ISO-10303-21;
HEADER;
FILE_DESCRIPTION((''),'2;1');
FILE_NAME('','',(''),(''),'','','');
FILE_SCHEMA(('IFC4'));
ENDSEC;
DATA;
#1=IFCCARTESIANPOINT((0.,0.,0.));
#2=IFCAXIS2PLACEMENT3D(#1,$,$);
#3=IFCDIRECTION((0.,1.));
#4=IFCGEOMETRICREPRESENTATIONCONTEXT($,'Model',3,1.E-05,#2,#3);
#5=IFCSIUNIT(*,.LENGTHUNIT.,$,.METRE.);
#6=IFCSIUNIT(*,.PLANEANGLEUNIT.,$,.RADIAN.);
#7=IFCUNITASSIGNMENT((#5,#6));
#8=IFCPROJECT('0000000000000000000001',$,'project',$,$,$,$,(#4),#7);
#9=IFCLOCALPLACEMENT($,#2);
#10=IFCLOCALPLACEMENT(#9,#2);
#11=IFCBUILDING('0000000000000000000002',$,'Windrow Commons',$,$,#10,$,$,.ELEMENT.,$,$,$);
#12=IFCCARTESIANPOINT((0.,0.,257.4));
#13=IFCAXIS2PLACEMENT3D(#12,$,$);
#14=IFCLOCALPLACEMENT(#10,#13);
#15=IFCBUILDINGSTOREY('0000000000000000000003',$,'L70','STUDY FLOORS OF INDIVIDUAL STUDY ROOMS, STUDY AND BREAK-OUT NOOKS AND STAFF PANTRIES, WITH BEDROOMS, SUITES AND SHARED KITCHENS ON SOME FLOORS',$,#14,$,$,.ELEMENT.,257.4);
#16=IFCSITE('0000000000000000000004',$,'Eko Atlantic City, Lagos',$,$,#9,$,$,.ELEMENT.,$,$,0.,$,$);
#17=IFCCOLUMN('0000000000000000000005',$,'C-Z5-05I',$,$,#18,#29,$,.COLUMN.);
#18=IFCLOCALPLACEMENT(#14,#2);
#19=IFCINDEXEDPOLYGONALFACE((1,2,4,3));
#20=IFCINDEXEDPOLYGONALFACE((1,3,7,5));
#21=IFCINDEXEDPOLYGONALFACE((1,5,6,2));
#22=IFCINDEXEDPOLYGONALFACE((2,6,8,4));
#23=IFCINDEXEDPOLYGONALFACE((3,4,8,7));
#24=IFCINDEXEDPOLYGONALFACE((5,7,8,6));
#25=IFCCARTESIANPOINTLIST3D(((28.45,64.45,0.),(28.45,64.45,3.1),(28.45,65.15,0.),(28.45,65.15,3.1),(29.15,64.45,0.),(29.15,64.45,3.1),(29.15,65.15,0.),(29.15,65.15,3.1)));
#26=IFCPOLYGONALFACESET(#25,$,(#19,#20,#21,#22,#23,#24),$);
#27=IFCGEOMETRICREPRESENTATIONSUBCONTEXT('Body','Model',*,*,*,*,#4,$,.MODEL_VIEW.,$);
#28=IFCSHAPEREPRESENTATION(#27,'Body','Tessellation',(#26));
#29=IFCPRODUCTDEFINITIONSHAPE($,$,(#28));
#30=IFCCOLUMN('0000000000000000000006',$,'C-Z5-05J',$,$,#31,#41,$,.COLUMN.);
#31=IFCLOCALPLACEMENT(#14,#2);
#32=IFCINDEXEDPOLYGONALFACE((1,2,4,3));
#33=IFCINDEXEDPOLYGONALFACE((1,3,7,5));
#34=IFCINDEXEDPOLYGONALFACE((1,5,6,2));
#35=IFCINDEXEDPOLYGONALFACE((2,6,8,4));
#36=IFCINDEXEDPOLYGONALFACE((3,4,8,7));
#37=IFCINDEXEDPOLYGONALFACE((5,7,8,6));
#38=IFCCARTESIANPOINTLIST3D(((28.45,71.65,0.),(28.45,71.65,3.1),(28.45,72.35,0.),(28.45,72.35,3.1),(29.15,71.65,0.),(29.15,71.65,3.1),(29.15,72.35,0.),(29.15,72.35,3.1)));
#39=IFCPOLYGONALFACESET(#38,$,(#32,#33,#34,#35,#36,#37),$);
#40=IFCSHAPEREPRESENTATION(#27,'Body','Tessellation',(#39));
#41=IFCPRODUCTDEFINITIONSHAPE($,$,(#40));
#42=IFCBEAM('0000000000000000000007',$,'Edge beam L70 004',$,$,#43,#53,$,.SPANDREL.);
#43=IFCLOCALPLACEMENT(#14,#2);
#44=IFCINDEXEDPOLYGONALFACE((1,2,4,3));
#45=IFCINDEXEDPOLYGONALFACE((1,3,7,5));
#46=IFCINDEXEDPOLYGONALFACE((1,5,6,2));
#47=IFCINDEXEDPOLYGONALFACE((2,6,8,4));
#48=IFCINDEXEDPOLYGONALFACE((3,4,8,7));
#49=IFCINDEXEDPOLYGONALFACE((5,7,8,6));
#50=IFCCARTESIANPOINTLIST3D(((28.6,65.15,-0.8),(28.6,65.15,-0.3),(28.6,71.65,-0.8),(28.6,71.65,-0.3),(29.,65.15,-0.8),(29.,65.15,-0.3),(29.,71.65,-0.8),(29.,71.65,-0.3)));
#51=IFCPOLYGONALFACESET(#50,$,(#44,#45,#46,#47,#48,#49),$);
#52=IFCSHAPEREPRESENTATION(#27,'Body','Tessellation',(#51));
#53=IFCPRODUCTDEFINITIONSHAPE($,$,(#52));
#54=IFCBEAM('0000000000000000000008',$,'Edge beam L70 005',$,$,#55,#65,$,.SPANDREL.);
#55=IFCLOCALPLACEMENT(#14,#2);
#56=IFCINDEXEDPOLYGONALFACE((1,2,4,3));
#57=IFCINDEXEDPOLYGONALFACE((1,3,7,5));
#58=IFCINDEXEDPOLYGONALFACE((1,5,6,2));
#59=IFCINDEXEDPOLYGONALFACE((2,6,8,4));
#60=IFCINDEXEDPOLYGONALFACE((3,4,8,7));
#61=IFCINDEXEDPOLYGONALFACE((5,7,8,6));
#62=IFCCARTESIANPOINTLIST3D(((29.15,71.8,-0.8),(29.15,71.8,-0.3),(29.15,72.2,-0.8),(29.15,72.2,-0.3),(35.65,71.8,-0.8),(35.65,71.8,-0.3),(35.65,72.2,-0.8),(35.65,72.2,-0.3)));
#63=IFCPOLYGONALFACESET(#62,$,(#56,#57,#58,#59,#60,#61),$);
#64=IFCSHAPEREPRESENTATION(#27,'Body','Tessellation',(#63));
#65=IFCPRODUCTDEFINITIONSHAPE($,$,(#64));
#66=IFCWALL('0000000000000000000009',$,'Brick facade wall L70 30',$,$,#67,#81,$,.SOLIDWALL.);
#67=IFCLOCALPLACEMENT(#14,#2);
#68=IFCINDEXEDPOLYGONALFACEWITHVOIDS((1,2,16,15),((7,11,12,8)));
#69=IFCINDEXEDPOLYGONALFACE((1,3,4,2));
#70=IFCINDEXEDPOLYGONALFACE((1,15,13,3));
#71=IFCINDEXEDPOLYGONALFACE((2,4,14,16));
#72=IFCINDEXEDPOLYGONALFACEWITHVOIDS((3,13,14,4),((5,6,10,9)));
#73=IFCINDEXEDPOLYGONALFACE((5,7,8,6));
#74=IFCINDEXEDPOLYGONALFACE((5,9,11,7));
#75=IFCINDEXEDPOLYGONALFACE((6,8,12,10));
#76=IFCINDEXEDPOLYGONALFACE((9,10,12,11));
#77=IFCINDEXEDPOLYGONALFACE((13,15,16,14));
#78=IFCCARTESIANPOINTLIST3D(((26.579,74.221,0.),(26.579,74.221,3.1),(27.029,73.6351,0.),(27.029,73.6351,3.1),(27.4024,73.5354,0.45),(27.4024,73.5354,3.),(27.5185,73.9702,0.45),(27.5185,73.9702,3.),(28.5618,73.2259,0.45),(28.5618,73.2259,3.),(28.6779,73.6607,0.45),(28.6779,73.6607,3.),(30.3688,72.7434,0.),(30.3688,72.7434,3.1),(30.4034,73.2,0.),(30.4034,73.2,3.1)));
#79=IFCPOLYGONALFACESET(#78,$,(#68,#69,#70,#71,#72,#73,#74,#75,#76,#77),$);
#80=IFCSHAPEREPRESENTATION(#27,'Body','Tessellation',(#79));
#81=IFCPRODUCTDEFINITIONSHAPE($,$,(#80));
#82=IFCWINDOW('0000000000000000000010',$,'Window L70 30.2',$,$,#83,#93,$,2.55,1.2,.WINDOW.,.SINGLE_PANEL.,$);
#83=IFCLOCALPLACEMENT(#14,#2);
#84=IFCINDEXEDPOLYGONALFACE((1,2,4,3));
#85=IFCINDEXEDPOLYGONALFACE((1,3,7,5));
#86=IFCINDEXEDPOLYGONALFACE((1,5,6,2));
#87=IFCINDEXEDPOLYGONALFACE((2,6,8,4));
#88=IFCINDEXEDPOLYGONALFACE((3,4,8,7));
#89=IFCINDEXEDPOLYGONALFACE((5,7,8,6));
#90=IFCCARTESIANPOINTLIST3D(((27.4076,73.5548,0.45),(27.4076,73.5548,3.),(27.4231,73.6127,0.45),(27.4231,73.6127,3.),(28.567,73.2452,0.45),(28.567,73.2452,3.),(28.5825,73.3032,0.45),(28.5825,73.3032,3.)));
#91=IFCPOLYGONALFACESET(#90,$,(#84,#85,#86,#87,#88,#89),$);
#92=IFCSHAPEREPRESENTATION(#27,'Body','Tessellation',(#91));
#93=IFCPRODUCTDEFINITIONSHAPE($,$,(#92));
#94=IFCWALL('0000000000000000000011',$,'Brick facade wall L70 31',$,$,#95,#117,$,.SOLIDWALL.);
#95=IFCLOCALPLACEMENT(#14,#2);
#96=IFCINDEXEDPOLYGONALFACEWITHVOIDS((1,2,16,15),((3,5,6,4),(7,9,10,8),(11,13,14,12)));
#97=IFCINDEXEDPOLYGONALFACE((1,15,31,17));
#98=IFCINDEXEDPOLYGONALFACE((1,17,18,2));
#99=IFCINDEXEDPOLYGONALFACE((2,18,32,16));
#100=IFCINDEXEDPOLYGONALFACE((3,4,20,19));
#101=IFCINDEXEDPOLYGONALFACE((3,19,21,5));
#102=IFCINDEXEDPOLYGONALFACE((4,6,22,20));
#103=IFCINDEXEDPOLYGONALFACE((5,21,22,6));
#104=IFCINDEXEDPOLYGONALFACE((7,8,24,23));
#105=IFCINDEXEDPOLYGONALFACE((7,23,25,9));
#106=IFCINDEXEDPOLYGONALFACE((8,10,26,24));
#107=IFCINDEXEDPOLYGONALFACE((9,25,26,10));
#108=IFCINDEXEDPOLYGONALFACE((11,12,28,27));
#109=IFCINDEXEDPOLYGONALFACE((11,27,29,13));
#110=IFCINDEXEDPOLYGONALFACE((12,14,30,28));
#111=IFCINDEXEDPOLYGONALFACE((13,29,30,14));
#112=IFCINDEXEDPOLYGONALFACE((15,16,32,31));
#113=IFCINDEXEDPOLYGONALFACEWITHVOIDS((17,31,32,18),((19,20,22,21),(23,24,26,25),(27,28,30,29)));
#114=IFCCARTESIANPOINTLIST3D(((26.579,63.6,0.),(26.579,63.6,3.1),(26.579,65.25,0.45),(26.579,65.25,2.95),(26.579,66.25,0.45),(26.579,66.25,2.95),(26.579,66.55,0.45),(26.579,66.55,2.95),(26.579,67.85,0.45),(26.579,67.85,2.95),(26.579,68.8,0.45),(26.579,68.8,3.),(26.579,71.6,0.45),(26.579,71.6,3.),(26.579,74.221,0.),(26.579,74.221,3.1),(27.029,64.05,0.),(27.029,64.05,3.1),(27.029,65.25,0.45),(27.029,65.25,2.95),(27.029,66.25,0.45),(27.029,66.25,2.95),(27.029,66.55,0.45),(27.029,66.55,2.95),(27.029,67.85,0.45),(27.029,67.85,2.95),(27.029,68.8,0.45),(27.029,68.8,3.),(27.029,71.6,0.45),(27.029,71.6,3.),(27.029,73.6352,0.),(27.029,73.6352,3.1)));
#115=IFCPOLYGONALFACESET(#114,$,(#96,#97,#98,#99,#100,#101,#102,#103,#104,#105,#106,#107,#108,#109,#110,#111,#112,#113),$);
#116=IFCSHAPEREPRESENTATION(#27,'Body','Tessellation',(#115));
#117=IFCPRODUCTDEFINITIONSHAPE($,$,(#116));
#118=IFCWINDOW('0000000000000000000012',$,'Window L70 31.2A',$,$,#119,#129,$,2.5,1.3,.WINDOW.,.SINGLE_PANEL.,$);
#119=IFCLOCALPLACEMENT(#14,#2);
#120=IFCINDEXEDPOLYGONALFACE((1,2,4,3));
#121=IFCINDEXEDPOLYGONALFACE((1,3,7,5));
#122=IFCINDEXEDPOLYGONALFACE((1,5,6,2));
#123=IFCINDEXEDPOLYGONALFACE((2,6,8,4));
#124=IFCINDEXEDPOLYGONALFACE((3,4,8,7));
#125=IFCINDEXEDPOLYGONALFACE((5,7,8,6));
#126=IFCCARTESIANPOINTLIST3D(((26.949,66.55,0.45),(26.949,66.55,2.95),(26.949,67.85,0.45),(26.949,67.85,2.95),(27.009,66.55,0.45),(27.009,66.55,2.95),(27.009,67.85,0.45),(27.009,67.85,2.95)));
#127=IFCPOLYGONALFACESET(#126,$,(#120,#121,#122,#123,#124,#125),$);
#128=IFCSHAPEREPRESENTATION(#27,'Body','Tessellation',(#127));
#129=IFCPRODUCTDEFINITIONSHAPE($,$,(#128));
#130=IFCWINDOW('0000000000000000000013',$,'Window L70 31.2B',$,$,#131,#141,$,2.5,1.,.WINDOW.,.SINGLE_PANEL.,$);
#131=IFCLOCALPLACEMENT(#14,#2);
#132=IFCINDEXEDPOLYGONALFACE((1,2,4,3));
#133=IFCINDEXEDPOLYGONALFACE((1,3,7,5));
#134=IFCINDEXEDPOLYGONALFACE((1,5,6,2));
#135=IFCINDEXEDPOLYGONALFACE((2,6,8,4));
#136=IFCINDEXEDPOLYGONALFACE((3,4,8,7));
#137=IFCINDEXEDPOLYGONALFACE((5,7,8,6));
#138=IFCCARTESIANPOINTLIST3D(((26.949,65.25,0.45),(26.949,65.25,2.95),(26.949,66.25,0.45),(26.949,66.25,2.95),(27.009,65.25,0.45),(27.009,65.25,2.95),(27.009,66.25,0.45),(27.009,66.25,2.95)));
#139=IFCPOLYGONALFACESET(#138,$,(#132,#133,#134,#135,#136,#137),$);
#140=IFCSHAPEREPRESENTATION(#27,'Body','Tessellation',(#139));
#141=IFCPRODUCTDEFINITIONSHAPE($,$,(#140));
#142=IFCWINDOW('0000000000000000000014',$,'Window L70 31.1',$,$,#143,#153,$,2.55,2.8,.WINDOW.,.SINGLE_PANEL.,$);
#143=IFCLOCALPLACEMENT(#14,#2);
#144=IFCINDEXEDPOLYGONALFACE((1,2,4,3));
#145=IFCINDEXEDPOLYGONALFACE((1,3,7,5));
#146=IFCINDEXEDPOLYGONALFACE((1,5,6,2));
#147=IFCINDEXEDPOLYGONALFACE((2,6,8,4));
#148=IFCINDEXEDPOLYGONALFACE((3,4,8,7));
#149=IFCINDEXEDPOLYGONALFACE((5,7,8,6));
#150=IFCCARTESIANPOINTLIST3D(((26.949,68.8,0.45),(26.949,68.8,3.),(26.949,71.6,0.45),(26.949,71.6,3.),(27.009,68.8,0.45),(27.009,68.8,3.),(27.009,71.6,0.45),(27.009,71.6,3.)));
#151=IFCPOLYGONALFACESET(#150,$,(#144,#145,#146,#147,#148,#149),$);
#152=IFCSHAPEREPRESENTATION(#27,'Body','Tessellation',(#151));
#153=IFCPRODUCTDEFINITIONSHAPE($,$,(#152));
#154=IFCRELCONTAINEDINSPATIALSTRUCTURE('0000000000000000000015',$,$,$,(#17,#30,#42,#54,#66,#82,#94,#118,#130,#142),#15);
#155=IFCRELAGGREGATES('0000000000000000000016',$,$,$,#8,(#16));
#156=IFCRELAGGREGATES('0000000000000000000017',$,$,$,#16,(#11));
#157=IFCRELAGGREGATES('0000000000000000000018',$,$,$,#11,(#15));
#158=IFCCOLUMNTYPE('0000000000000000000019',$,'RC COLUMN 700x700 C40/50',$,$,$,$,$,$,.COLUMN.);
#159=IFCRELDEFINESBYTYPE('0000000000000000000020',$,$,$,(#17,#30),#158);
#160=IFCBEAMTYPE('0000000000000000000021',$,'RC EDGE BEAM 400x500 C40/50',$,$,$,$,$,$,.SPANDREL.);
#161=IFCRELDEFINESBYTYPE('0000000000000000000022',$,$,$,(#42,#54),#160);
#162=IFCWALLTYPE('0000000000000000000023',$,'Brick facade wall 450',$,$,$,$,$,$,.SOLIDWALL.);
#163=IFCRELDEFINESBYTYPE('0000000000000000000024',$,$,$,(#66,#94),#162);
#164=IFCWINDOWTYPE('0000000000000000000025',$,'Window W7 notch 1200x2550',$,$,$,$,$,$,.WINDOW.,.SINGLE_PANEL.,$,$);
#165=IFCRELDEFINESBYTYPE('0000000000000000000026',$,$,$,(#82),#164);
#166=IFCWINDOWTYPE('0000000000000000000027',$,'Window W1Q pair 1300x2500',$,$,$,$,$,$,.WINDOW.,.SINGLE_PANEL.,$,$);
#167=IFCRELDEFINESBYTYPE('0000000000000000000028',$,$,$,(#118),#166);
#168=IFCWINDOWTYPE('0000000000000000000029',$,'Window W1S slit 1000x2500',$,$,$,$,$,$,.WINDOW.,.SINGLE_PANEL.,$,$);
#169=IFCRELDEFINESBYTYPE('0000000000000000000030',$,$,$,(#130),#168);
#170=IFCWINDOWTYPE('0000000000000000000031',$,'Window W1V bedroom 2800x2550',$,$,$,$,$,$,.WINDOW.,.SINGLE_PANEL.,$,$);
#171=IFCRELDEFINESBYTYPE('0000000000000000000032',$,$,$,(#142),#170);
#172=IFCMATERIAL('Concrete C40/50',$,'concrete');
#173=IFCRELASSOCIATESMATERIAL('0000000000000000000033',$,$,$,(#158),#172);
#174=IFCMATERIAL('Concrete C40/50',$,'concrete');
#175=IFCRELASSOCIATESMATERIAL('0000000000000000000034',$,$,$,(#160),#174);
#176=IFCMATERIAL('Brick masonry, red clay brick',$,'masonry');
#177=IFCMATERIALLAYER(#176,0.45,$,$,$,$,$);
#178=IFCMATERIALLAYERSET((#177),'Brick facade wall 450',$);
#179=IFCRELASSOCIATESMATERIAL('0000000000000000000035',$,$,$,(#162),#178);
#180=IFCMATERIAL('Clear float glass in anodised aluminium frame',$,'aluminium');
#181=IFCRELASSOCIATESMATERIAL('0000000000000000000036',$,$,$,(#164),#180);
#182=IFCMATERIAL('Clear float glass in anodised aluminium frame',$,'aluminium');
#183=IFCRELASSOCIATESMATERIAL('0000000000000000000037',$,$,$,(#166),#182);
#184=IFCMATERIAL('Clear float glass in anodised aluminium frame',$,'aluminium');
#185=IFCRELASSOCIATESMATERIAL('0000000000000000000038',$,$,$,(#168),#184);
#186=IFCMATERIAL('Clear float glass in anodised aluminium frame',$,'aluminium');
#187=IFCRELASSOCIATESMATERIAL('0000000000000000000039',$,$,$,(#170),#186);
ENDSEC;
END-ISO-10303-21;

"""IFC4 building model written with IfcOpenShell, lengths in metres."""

from ifc_helpers import new_model, si_unit, direction, frame, frame_2d, origin, origin_2d, place, context, subcontext, project, spatial, polyline, rectangle, outline, extrude, material, layer, layer_set, material_profile, profile_set, type_object, element, fill, save


model = new_model("IFC4")

# Units and contexts
model_context = context("Model", 3, precision=1e-05, world=origin(), true_north=direction((0.0, 1.0)))
body_context = subcontext(model_context, "Body", "Model", "MODEL_VIEW")
ifc_project = project(units=[si_unit("LENGTHUNIT", "METRE"), si_unit("PLANEANGLEUNIT", "RADIAN")], contexts=[model_context])

# Site, building, storey
site_placement = place(None, origin())
site = spatial("IfcSite", under=ifc_project, at=site_placement, Name="Eko Atlantic City, Lagos", CompositionType="ELEMENT", RefElevation=0.0)
building_placement = place(site_placement, origin())
building = spatial("IfcBuilding", under=site, at=building_placement, Name="Windrow Commons", CompositionType="ELEMENT")
storey_placement = place(building_placement, frame((0.0, 0.0, 257.4)))
storey = spatial("IfcBuildingStorey", under=building, at=storey_placement, Name="L70", Description="STUDY FLOORS OF INDIVIDUAL STUDY ROOMS, STUDY AND BREAK-OUT NOOKS AND STAFF PANTRIES, WITH BEDROOMS, SUITES AND SHARED KITCHENS ON SOME FLOORS", CompositionType="ELEMENT", Elevation=257.4)

# Columns
ifc_material_1 = material(Name="Concrete C40/50", Category="concrete")
ifc_material_profile_1 = material_profile(ifc_material_1, rectangle(XDim=0.7, YDim=0.7, at=origin_2d()))
ifc_profile_set_1 = profile_set([ifc_material_profile_1], Name="Concrete C40/50")
column_type = type_object("IfcColumnType", Name="RC COLUMN 700x700 C40/50", PredefinedType="COLUMN", material=ifc_profile_set_1)
for number, where, z_axis, x_axis, name in (
    (1, (28.8, 64.8, 0.0), (0.0, 0.0, 1.0), (1.0, 0.0, 0.0), "C-Z5-05I"),
    (2, (28.8, 72.0, 0.0), (0.0, 0.0, 1.0), (1.0, 0.0, 0.0), "C-Z5-05J"),
):
    element("IfcColumn", number, at=place(storey_placement, frame(where, z_axis=z_axis, x_axis=x_axis)), inside=storey, type_object=column_type, Name=name, PredefinedType="COLUMN", context=body_context, shape_type="SweptSolid", body=[
        extrude(rectangle(XDim=0.7, YDim=0.7, at=origin_2d()), origin(), (0.0, 0.0, 1.0), 3.1),
    ])

# Beams
ifc_material_2 = material(Name="Concrete C40/50", Category="concrete")
ifc_material_profile_2 = material_profile(ifc_material_2, rectangle(XDim=0.4, YDim=0.5, at=origin_2d()))
ifc_profile_set_2 = profile_set([ifc_material_profile_2], Name="Concrete C40/50")
beam_type = type_object("IfcBeamType", Name="RC EDGE BEAM 400x500 C40/50", PredefinedType="SPANDREL", material=ifc_profile_set_2)
for number, where, z_axis, x_axis, name in (
    (3, (28.8, 65.15, -0.55), (0.0, 1.0, 0.0), (-1.0, 0.0, 0.0), "Edge beam L70 004"),
    (4, (29.15, 72.0, -0.55), (1.0, 0.0, 0.0), (0.0, 1.0, 0.0), "Edge beam L70 005"),
):
    element("IfcBeam", number, at=place(storey_placement, frame(where, z_axis=z_axis, x_axis=x_axis)), inside=storey, type_object=beam_type, Name=name, PredefinedType="SPANDREL", context=body_context, shape_type="SweptSolid", body=[
        extrude(rectangle(XDim=0.4, YDim=0.5, at=origin_2d()), origin(), (0.0, 0.0, 1.0), 6.5),
    ])

# Wall, opening, window
ifc_material_3 = material(Name="Brick masonry, red clay brick", Category="masonry")
ifc_layer_1 = layer(ifc_material_3, 0.45)
ifc_layer_set_1 = layer_set([ifc_layer_1], Name="Brick facade wall 450")
wall_type_1 = type_object("IfcWallType", Name="Brick facade wall 450", PredefinedType="SOLIDWALL", material=ifc_layer_set_1)
wall_1_placement = place(storey_placement, frame((30.3861, 72.9717, 0.0), z_axis=(0.0, 0.0, 1.0), x_axis=(-0.966156, 0.257958, 0.0)))
wall_1 = element("IfcWall", 5, at=wall_1_placement, inside=storey, type_object=wall_type_1, Name="Brick facade wall L70 30", PredefinedType="SOLIDWALL", context=body_context, shape_type="SweptSolid", body=[
    extrude(outline(polyline([(0.0422, -0.225), (4.0005, -0.225), (3.4146, 0.225), (-0.0422, 0.225), (0.0422, -0.225)])), origin(), (0.0, 0.0, 1.0), 3.1),
])
opening_1_placement = place(wall_1_placement, frame((1.8281, 0.0, 0.45)))
opening_1 = element("IfcOpeningElement", 6, at=opening_1_placement, cuts=wall_1, PredefinedType="OPENING", context=body_context, shape_type="SweptSolid", body=[
    extrude(rectangle(XDim=1.2, YDim=2.55, at=frame_2d((0.6, 1.275))), frame((0.0, 0.235, 0.0), z_axis=(0.0, -1.0, 0.0), x_axis=(1.0, 0.0, 0.0)), (0.0, 0.0, 1.0), 0.47),
])
ifc_material_4 = material(Name="Clear float glass in anodised aluminium frame", Category="aluminium")
window_type_1 = type_object("IfcWindowType", Name="Window W7 notch 1200x2550", PartitioningType="SINGLE_PANEL", PredefinedType="WINDOW", material=ifc_material_4)
window_1_placement = place(opening_1_placement, origin())
window_1 = element("IfcWindow", 7, at=window_1_placement, inside=storey, type_object=window_type_1, Name="Window L70 30.2", OverallHeight=2.55, OverallWidth=1.2, PartitioningType="SINGLE_PANEL", PredefinedType="WINDOW", context=body_context, shape_type="SweptSolid", body=[
    extrude(rectangle(XDim=1.2, YDim=2.55, at=frame_2d((0.6, 1.275))), frame((0.0, 0.205, 0.0), z_axis=(0.0, -1.0, 0.0), x_axis=(1.0, 0.0, 0.0)), (0.0, 0.0, 1.0), 0.06),
])
fill(opening_1, window_1)

# Wall, openings, windows
wall_2_placement = place(storey_placement, frame((26.804, 73.9281, 0.0), z_axis=(0.0, 0.0, 1.0), x_axis=(0.0, -1.0, 0.0)))
wall_2 = element("IfcWall", 8, at=wall_2_placement, inside=storey, type_object=wall_type_1, Name="Brick facade wall L70 31", PredefinedType="SOLIDWALL", context=body_context, shape_type="SweptSolid", body=[
    extrude(outline(polyline([(-0.2929, -0.225), (10.3281, -0.225), (9.8781, 0.225), (0.2929, 0.225), (-0.2929, -0.225)])), origin(), (0.0, 0.0, 1.0), 3.1),
])
opening_2_placement = place(wall_2_placement, frame((2.3281, 0.0, 0.45)))
opening_2 = element("IfcOpeningElement", 9, at=opening_2_placement, cuts=wall_2, PredefinedType="OPENING", context=body_context, shape_type="SweptSolid", body=[
    extrude(rectangle(XDim=2.8, YDim=2.55, at=frame_2d((1.4, 1.275))), frame((0.0, 0.235, 0.0), z_axis=(0.0, -1.0, 0.0), x_axis=(1.0, 0.0, 0.0)), (0.0, 0.0, 1.0), 0.47),
])
opening_3_placement = place(wall_2_placement, frame((6.0781, 0.0, 0.45)))
opening_3 = element("IfcOpeningElement", 10, at=opening_3_placement, cuts=wall_2, PredefinedType="OPENING", context=body_context, shape_type="SweptSolid", body=[
    extrude(rectangle(XDim=1.3, YDim=2.5, at=frame_2d((0.65, 1.25))), frame((0.0, 0.235, 0.0), z_axis=(0.0, -1.0, 0.0), x_axis=(1.0, 0.0, 0.0)), (0.0, 0.0, 1.0), 0.47),
])
opening_4_placement = place(wall_2_placement, frame((7.6781, 0.0, 0.45)))
opening_4 = element("IfcOpeningElement", 11, at=opening_4_placement, cuts=wall_2, PredefinedType="OPENING", context=body_context, shape_type="SweptSolid", body=[
    extrude(rectangle(XDim=1.0, YDim=2.5, at=frame_2d((0.5, 1.25))), frame((0.0, 0.235, 0.0), z_axis=(0.0, -1.0, 0.0), x_axis=(1.0, 0.0, 0.0)), (0.0, 0.0, 1.0), 0.47),
])
ifc_material_5 = material(Name="Clear float glass in anodised aluminium frame", Category="aluminium")
window_type_2 = type_object("IfcWindowType", Name="Window W1Q pair 1300x2500", PartitioningType="SINGLE_PANEL", PredefinedType="WINDOW", material=ifc_material_5)
window_2_placement = place(opening_3_placement, origin())
window_2 = element("IfcWindow", 12, at=window_2_placement, inside=storey, type_object=window_type_2, Name="Window L70 31.2A", OverallHeight=2.5, OverallWidth=1.3, PartitioningType="SINGLE_PANEL", PredefinedType="WINDOW", context=body_context, shape_type="SweptSolid", body=[
    extrude(rectangle(XDim=1.3, YDim=2.5, at=frame_2d((0.65, 1.25))), frame((0.0, 0.205, 0.0), z_axis=(0.0, -1.0, 0.0), x_axis=(1.0, 0.0, 0.0)), (0.0, 0.0, 1.0), 0.06),
])
fill(opening_3, window_2)
ifc_material_6 = material(Name="Clear float glass in anodised aluminium frame", Category="aluminium")
window_type_3 = type_object("IfcWindowType", Name="Window W1S slit 1000x2500", PartitioningType="SINGLE_PANEL", PredefinedType="WINDOW", material=ifc_material_6)
window_3_placement = place(opening_4_placement, origin())
window_3 = element("IfcWindow", 13, at=window_3_placement, inside=storey, type_object=window_type_3, Name="Window L70 31.2B", OverallHeight=2.5, OverallWidth=1.0, PartitioningType="SINGLE_PANEL", PredefinedType="WINDOW", context=body_context, shape_type="SweptSolid", body=[
    extrude(rectangle(XDim=1.0, YDim=2.5, at=frame_2d((0.5, 1.25))), frame((0.0, 0.205, 0.0), z_axis=(0.0, -1.0, 0.0), x_axis=(1.0, 0.0, 0.0)), (0.0, 0.0, 1.0), 0.06),
])
fill(opening_4, window_3)
ifc_material_7 = material(Name="Clear float glass in anodised aluminium frame", Category="aluminium")
window_type_4 = type_object("IfcWindowType", Name="Window W1V bedroom 2800x2550", PartitioningType="SINGLE_PANEL", PredefinedType="WINDOW", material=ifc_material_7)
window_4_placement = place(opening_2_placement, origin())
window_4 = element("IfcWindow", 14, at=window_4_placement, inside=storey, type_object=window_type_4, Name="Window L70 31.1", OverallHeight=2.55, OverallWidth=2.8, PartitioningType="SINGLE_PANEL", PredefinedType="WINDOW", context=body_context, shape_type="SweptSolid", body=[
    extrude(rectangle(XDim=2.8, YDim=2.55, at=frame_2d((1.4, 1.275))), frame((0.0, 0.205, 0.0), z_axis=(0.0, -1.0, 0.0), x_axis=(1.0, 0.0, 0.0)), (0.0, 0.0, 1.0), 0.06),
])
fill(opening_2, window_4)

save(model, "model.ifc")
